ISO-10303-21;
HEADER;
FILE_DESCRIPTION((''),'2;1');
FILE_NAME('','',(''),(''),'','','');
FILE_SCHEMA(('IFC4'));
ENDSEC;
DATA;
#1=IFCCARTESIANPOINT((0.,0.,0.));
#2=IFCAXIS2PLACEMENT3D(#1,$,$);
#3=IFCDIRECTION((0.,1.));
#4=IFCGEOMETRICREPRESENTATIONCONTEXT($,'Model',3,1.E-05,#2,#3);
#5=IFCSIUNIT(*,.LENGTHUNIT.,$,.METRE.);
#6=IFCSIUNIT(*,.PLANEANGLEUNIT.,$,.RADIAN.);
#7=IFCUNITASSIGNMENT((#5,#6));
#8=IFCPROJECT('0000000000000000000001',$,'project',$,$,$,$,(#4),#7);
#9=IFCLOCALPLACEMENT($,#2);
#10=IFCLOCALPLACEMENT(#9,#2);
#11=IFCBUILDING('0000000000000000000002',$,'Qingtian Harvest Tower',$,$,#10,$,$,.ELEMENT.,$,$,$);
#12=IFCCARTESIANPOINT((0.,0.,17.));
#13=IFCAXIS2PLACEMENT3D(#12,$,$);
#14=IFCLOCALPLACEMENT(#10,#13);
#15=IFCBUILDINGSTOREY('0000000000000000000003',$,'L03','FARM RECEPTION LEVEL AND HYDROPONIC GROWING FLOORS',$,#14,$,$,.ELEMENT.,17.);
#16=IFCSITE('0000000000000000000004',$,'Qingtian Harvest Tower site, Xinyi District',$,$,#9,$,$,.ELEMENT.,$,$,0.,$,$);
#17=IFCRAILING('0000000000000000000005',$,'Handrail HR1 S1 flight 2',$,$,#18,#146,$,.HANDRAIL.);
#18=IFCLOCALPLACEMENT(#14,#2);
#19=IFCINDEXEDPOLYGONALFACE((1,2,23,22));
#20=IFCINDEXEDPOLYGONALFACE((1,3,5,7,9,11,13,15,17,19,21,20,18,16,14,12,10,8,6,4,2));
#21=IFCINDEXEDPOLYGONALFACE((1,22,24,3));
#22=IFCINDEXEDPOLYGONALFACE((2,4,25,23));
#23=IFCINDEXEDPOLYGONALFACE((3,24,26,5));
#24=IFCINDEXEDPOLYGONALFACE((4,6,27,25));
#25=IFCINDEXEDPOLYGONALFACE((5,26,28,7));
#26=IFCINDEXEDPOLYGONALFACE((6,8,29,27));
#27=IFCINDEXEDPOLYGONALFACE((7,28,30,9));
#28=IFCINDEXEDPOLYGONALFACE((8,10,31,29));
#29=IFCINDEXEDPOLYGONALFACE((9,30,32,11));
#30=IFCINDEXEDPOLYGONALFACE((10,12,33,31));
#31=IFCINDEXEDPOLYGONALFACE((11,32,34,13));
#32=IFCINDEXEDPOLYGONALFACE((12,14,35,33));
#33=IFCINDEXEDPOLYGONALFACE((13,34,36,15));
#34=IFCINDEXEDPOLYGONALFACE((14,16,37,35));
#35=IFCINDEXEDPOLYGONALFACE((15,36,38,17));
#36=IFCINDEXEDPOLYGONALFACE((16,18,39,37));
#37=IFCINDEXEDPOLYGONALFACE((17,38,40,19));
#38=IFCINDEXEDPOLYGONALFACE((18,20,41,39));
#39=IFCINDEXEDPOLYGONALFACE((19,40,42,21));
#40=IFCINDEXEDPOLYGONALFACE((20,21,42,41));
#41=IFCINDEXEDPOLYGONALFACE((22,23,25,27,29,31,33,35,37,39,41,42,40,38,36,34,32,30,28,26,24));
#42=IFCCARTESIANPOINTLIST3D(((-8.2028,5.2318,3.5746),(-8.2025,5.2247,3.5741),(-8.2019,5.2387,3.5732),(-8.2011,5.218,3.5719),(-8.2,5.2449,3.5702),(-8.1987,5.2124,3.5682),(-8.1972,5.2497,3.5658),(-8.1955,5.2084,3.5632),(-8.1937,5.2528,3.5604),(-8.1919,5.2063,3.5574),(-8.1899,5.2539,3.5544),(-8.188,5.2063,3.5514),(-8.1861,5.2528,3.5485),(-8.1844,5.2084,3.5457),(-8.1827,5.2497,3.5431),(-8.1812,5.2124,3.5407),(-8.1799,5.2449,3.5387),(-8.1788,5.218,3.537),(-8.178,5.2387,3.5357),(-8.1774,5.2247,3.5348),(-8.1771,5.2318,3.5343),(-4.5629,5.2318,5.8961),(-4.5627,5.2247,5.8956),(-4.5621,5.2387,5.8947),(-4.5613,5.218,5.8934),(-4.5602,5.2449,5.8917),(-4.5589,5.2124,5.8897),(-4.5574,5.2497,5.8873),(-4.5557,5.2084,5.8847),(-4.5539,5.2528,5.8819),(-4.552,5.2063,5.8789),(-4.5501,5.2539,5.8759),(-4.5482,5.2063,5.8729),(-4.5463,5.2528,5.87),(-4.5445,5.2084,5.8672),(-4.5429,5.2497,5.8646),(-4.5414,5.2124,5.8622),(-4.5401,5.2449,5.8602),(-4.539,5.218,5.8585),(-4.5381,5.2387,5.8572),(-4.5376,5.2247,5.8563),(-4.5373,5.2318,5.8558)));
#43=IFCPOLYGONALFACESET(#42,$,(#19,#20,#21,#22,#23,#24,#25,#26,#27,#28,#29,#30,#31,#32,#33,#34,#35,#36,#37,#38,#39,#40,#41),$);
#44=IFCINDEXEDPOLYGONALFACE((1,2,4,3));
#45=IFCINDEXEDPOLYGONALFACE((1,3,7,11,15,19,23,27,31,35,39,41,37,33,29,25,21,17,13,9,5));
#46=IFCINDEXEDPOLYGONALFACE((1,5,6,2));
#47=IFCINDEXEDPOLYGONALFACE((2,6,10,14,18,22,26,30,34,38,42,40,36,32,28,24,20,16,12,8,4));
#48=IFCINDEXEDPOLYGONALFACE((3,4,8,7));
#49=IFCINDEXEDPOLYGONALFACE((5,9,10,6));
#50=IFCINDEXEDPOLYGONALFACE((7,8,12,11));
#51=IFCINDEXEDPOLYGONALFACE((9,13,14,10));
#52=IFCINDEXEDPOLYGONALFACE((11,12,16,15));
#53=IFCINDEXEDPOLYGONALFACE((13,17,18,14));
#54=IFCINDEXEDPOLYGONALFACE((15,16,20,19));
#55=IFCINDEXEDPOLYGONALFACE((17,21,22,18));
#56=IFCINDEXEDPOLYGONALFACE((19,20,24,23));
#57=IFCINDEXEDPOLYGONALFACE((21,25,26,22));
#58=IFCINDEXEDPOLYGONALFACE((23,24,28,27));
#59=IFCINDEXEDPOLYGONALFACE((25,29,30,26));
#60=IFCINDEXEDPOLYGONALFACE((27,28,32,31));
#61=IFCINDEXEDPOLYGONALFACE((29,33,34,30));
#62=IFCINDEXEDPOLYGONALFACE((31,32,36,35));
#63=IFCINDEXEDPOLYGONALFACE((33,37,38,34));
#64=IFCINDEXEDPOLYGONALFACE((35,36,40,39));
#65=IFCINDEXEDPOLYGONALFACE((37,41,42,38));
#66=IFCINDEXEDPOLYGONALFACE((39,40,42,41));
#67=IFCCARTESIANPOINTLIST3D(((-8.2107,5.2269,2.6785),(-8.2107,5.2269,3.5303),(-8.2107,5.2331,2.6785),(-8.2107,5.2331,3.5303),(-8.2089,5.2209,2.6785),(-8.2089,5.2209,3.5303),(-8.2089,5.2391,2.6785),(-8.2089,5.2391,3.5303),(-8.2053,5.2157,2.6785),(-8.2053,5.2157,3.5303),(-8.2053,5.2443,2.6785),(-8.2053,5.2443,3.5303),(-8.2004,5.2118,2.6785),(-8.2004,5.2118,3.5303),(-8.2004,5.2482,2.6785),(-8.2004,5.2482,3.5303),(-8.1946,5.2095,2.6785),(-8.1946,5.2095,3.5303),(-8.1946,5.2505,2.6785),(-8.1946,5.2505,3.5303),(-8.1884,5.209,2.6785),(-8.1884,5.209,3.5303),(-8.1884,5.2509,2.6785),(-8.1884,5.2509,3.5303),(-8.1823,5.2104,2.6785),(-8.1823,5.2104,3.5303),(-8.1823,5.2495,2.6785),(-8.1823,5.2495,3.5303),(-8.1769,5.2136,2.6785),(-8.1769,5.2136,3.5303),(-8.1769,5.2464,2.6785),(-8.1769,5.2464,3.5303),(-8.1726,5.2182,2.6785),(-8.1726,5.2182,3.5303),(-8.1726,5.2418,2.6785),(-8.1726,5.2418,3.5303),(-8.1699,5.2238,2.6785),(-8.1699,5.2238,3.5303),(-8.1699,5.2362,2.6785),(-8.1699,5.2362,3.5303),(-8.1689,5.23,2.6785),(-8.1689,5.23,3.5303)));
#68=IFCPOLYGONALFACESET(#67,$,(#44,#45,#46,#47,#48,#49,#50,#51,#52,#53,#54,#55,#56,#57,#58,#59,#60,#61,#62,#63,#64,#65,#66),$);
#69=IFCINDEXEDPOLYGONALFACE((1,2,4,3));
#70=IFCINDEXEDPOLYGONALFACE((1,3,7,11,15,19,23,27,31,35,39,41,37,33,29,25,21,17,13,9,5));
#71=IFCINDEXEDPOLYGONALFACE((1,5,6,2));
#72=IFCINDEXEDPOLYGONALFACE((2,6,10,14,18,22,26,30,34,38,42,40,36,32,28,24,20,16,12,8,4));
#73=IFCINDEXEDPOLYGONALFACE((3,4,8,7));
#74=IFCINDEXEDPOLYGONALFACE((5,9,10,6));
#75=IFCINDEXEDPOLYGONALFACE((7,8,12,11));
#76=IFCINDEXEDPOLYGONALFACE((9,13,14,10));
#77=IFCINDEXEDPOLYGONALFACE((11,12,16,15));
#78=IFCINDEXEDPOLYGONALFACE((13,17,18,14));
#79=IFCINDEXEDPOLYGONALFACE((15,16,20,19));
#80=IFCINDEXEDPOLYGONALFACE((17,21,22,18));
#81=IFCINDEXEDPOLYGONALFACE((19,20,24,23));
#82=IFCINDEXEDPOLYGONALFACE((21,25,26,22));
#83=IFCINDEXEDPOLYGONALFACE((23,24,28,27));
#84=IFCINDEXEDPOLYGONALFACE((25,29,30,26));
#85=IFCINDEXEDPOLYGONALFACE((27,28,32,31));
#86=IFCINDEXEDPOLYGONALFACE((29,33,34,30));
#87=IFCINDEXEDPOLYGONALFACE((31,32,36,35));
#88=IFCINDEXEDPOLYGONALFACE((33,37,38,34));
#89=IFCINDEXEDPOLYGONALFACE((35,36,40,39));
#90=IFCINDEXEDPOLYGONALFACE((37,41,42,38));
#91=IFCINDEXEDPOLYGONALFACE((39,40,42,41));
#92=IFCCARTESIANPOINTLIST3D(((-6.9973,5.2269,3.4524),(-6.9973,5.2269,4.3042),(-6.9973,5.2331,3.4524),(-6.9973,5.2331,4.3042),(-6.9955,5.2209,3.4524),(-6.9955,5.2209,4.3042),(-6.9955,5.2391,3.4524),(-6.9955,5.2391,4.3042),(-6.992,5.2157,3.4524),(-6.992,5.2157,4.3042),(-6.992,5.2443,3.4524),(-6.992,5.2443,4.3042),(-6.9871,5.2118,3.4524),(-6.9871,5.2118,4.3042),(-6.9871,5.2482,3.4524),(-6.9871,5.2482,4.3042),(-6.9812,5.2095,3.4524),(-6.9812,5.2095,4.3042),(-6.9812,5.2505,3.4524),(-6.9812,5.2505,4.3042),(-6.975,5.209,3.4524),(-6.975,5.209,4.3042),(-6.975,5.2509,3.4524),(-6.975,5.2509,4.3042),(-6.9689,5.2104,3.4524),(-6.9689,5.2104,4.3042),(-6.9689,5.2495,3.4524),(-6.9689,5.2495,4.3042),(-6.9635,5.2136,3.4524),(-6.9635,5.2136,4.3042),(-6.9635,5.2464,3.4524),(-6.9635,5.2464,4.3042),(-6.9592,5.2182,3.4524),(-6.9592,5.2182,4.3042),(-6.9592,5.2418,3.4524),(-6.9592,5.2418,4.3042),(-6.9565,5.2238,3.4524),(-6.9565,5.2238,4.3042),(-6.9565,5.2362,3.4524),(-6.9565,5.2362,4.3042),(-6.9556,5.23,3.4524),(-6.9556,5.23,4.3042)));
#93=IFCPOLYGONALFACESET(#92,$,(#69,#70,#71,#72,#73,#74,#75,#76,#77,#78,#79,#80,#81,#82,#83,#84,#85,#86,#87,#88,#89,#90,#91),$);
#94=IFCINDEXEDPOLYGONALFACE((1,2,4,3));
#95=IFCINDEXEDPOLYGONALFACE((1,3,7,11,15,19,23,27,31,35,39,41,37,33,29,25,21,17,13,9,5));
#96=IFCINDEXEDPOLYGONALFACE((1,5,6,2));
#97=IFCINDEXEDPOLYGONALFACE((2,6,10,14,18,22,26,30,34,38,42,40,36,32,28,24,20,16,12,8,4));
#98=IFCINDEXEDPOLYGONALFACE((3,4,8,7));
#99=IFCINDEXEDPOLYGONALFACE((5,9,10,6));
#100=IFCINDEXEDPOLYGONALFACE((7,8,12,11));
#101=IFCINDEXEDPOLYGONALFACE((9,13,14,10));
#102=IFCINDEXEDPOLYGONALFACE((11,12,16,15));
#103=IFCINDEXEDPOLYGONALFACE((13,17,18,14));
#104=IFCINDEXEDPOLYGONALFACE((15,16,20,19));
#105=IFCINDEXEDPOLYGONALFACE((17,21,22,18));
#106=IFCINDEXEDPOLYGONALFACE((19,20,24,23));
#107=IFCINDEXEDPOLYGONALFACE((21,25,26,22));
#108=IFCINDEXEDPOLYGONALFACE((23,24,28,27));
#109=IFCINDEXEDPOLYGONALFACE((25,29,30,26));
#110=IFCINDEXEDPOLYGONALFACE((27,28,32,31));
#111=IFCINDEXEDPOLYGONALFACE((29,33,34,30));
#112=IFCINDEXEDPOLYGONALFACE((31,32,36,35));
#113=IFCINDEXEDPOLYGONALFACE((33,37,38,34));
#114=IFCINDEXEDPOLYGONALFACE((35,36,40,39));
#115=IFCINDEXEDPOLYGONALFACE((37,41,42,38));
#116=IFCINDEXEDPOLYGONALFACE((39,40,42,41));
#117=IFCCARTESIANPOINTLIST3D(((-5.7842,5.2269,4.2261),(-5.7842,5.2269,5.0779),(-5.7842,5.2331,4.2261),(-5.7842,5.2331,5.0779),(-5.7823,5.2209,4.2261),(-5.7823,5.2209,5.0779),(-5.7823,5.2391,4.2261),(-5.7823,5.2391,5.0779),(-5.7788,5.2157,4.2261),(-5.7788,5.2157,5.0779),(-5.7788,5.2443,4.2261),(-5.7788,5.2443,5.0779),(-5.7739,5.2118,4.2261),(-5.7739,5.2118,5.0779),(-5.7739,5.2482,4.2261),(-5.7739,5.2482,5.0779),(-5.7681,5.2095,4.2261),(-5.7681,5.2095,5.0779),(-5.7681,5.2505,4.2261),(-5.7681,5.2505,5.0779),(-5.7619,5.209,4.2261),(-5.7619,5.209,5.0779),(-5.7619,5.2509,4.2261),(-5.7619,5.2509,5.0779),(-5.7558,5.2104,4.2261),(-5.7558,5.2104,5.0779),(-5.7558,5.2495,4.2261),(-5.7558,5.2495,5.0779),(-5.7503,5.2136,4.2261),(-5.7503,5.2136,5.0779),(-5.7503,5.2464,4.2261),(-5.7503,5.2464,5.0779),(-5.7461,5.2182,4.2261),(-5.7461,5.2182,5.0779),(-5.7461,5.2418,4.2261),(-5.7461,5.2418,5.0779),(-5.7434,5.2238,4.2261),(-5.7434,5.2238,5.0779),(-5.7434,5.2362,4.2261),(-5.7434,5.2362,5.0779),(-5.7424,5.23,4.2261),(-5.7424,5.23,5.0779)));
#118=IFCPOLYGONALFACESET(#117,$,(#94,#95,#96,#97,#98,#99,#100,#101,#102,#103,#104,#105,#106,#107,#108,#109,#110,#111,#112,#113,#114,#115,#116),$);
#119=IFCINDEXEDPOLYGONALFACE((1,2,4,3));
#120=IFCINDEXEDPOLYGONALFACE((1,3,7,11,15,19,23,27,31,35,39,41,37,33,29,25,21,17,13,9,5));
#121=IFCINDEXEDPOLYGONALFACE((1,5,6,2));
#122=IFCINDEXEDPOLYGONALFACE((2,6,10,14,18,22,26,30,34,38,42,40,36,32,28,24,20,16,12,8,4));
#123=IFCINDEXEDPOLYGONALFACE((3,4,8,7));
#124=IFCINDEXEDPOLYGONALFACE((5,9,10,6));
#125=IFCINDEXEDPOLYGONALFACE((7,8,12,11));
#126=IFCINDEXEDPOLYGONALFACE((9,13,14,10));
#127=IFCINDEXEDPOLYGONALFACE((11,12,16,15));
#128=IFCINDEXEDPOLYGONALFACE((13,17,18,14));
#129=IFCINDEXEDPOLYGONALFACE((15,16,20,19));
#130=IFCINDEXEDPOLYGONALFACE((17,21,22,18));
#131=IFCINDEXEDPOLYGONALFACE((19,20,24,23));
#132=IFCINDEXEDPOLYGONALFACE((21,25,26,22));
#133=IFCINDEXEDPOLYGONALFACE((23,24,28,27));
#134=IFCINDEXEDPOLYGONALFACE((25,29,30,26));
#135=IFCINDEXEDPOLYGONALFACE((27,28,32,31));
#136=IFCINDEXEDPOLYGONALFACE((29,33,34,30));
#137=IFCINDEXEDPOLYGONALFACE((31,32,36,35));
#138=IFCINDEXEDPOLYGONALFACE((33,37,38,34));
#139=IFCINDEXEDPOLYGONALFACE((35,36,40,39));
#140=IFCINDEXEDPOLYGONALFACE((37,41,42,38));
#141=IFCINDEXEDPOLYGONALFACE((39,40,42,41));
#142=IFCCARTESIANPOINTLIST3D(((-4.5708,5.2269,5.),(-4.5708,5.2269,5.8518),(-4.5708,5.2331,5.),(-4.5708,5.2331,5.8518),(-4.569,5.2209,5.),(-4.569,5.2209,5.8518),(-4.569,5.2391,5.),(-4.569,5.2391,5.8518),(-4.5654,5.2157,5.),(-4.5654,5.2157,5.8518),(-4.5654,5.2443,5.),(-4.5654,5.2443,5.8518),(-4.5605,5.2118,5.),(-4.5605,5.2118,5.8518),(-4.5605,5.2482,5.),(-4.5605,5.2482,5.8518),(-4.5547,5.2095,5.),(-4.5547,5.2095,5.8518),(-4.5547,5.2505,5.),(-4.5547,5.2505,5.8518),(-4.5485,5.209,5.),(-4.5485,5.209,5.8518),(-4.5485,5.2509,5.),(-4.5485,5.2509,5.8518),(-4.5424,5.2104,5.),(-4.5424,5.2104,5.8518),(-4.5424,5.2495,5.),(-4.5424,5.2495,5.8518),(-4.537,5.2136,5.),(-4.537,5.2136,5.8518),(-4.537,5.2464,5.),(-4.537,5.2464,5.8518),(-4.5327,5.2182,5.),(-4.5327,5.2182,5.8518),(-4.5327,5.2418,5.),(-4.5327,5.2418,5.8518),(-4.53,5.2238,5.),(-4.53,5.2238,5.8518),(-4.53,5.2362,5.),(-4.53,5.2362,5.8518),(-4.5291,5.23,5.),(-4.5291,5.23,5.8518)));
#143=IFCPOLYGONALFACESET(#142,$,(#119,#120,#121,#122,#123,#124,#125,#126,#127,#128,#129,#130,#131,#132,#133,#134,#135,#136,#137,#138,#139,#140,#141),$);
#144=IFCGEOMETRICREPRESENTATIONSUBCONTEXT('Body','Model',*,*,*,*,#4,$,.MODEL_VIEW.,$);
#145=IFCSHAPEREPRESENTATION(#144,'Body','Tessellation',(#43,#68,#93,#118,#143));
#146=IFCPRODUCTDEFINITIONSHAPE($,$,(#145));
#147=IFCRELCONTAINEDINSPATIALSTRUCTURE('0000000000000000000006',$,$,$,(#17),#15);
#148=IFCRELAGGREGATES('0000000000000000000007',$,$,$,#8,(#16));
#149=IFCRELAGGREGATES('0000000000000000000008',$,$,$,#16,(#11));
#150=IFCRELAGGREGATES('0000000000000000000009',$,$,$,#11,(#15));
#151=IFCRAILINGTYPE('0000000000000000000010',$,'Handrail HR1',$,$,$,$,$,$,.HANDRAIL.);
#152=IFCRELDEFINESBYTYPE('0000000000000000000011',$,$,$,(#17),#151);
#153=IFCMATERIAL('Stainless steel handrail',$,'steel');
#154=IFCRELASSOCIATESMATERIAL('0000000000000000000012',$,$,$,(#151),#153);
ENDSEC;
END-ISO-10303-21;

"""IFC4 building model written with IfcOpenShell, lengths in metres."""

from ifc_helpers import new_model, si_unit, direction, frame, origin, origin_2d, place, context, subcontext, project, spatial, circle, extrude, material, type_object, element, save


model = new_model("IFC4")

# Units and contexts
model_context = context("Model", 3, precision=1e-05, world=origin(), true_north=direction((0.0, 1.0)))
body_context = subcontext(model_context, "Body", "Model", "MODEL_VIEW")
ifc_project = project(units=[si_unit("LENGTHUNIT", "METRE"), si_unit("PLANEANGLEUNIT", "RADIAN")], contexts=[model_context])

# Site, building, storey
site_placement = place(None, origin())
site = spatial("IfcSite", under=ifc_project, at=site_placement, Name="Qingtian Harvest Tower site, Xinyi District", CompositionType="ELEMENT", RefElevation=0.0)
building_placement = place(site_placement, origin())
building = spatial("IfcBuilding", under=site, at=building_placement, Name="Qingtian Harvest Tower", CompositionType="ELEMENT")
storey_placement = place(building_placement, frame((0.0, 0.0, 17.0)))
storey = spatial("IfcBuildingStorey", under=building, at=storey_placement, Name="L03", Description="FARM RECEPTION LEVEL AND HYDROPONIC GROWING FLOORS", CompositionType="ELEMENT", Elevation=17.0)

# Railing
ifc_material_1 = material(Name="Stainless steel handrail", Category="steel")
railing_type = type_object("IfcRailingType", Name="Handrail HR1", PredefinedType="HANDRAIL", material=ifc_material_1)
railing_1_placement = place(storey_placement, frame((-8.1899, 5.23, 2.6785)))
element("IfcRailing", 1, at=railing_1_placement, inside=storey, type_object=railing_type, Name="Handrail HR1 S1 flight 2", PredefinedType="HANDRAIL", context=body_context, shape_type="SweptSolid", body=[
    extrude(circle(Radius=0.0239, at=origin_2d()), frame((0.0, 0.0, 0.876), z_axis=(0.843112, 0.0, 0.537739), x_axis=(0.0, 1.0, 0.0)), (0.0, 0.0, 1.0), 4.3171),
    extrude(circle(Radius=0.021, at=origin_2d()), origin(), (0.0, 0.0, 1.0), 0.8518),
    extrude(circle(Radius=0.021, at=origin_2d()), frame((1.2134, 0.0, 0.7739)), (0.0, 0.0, 1.0), 0.8518),
    extrude(circle(Radius=0.021, at=origin_2d()), frame((2.4265, 0.0, 1.5476)), (0.0, 0.0, 1.0), 0.8518),
    extrude(circle(Radius=0.021, at=origin_2d()), frame((3.6399, 0.0, 2.3215)), (0.0, 0.0, 1.0), 0.8518),
])

save(model, "model.ifc")
